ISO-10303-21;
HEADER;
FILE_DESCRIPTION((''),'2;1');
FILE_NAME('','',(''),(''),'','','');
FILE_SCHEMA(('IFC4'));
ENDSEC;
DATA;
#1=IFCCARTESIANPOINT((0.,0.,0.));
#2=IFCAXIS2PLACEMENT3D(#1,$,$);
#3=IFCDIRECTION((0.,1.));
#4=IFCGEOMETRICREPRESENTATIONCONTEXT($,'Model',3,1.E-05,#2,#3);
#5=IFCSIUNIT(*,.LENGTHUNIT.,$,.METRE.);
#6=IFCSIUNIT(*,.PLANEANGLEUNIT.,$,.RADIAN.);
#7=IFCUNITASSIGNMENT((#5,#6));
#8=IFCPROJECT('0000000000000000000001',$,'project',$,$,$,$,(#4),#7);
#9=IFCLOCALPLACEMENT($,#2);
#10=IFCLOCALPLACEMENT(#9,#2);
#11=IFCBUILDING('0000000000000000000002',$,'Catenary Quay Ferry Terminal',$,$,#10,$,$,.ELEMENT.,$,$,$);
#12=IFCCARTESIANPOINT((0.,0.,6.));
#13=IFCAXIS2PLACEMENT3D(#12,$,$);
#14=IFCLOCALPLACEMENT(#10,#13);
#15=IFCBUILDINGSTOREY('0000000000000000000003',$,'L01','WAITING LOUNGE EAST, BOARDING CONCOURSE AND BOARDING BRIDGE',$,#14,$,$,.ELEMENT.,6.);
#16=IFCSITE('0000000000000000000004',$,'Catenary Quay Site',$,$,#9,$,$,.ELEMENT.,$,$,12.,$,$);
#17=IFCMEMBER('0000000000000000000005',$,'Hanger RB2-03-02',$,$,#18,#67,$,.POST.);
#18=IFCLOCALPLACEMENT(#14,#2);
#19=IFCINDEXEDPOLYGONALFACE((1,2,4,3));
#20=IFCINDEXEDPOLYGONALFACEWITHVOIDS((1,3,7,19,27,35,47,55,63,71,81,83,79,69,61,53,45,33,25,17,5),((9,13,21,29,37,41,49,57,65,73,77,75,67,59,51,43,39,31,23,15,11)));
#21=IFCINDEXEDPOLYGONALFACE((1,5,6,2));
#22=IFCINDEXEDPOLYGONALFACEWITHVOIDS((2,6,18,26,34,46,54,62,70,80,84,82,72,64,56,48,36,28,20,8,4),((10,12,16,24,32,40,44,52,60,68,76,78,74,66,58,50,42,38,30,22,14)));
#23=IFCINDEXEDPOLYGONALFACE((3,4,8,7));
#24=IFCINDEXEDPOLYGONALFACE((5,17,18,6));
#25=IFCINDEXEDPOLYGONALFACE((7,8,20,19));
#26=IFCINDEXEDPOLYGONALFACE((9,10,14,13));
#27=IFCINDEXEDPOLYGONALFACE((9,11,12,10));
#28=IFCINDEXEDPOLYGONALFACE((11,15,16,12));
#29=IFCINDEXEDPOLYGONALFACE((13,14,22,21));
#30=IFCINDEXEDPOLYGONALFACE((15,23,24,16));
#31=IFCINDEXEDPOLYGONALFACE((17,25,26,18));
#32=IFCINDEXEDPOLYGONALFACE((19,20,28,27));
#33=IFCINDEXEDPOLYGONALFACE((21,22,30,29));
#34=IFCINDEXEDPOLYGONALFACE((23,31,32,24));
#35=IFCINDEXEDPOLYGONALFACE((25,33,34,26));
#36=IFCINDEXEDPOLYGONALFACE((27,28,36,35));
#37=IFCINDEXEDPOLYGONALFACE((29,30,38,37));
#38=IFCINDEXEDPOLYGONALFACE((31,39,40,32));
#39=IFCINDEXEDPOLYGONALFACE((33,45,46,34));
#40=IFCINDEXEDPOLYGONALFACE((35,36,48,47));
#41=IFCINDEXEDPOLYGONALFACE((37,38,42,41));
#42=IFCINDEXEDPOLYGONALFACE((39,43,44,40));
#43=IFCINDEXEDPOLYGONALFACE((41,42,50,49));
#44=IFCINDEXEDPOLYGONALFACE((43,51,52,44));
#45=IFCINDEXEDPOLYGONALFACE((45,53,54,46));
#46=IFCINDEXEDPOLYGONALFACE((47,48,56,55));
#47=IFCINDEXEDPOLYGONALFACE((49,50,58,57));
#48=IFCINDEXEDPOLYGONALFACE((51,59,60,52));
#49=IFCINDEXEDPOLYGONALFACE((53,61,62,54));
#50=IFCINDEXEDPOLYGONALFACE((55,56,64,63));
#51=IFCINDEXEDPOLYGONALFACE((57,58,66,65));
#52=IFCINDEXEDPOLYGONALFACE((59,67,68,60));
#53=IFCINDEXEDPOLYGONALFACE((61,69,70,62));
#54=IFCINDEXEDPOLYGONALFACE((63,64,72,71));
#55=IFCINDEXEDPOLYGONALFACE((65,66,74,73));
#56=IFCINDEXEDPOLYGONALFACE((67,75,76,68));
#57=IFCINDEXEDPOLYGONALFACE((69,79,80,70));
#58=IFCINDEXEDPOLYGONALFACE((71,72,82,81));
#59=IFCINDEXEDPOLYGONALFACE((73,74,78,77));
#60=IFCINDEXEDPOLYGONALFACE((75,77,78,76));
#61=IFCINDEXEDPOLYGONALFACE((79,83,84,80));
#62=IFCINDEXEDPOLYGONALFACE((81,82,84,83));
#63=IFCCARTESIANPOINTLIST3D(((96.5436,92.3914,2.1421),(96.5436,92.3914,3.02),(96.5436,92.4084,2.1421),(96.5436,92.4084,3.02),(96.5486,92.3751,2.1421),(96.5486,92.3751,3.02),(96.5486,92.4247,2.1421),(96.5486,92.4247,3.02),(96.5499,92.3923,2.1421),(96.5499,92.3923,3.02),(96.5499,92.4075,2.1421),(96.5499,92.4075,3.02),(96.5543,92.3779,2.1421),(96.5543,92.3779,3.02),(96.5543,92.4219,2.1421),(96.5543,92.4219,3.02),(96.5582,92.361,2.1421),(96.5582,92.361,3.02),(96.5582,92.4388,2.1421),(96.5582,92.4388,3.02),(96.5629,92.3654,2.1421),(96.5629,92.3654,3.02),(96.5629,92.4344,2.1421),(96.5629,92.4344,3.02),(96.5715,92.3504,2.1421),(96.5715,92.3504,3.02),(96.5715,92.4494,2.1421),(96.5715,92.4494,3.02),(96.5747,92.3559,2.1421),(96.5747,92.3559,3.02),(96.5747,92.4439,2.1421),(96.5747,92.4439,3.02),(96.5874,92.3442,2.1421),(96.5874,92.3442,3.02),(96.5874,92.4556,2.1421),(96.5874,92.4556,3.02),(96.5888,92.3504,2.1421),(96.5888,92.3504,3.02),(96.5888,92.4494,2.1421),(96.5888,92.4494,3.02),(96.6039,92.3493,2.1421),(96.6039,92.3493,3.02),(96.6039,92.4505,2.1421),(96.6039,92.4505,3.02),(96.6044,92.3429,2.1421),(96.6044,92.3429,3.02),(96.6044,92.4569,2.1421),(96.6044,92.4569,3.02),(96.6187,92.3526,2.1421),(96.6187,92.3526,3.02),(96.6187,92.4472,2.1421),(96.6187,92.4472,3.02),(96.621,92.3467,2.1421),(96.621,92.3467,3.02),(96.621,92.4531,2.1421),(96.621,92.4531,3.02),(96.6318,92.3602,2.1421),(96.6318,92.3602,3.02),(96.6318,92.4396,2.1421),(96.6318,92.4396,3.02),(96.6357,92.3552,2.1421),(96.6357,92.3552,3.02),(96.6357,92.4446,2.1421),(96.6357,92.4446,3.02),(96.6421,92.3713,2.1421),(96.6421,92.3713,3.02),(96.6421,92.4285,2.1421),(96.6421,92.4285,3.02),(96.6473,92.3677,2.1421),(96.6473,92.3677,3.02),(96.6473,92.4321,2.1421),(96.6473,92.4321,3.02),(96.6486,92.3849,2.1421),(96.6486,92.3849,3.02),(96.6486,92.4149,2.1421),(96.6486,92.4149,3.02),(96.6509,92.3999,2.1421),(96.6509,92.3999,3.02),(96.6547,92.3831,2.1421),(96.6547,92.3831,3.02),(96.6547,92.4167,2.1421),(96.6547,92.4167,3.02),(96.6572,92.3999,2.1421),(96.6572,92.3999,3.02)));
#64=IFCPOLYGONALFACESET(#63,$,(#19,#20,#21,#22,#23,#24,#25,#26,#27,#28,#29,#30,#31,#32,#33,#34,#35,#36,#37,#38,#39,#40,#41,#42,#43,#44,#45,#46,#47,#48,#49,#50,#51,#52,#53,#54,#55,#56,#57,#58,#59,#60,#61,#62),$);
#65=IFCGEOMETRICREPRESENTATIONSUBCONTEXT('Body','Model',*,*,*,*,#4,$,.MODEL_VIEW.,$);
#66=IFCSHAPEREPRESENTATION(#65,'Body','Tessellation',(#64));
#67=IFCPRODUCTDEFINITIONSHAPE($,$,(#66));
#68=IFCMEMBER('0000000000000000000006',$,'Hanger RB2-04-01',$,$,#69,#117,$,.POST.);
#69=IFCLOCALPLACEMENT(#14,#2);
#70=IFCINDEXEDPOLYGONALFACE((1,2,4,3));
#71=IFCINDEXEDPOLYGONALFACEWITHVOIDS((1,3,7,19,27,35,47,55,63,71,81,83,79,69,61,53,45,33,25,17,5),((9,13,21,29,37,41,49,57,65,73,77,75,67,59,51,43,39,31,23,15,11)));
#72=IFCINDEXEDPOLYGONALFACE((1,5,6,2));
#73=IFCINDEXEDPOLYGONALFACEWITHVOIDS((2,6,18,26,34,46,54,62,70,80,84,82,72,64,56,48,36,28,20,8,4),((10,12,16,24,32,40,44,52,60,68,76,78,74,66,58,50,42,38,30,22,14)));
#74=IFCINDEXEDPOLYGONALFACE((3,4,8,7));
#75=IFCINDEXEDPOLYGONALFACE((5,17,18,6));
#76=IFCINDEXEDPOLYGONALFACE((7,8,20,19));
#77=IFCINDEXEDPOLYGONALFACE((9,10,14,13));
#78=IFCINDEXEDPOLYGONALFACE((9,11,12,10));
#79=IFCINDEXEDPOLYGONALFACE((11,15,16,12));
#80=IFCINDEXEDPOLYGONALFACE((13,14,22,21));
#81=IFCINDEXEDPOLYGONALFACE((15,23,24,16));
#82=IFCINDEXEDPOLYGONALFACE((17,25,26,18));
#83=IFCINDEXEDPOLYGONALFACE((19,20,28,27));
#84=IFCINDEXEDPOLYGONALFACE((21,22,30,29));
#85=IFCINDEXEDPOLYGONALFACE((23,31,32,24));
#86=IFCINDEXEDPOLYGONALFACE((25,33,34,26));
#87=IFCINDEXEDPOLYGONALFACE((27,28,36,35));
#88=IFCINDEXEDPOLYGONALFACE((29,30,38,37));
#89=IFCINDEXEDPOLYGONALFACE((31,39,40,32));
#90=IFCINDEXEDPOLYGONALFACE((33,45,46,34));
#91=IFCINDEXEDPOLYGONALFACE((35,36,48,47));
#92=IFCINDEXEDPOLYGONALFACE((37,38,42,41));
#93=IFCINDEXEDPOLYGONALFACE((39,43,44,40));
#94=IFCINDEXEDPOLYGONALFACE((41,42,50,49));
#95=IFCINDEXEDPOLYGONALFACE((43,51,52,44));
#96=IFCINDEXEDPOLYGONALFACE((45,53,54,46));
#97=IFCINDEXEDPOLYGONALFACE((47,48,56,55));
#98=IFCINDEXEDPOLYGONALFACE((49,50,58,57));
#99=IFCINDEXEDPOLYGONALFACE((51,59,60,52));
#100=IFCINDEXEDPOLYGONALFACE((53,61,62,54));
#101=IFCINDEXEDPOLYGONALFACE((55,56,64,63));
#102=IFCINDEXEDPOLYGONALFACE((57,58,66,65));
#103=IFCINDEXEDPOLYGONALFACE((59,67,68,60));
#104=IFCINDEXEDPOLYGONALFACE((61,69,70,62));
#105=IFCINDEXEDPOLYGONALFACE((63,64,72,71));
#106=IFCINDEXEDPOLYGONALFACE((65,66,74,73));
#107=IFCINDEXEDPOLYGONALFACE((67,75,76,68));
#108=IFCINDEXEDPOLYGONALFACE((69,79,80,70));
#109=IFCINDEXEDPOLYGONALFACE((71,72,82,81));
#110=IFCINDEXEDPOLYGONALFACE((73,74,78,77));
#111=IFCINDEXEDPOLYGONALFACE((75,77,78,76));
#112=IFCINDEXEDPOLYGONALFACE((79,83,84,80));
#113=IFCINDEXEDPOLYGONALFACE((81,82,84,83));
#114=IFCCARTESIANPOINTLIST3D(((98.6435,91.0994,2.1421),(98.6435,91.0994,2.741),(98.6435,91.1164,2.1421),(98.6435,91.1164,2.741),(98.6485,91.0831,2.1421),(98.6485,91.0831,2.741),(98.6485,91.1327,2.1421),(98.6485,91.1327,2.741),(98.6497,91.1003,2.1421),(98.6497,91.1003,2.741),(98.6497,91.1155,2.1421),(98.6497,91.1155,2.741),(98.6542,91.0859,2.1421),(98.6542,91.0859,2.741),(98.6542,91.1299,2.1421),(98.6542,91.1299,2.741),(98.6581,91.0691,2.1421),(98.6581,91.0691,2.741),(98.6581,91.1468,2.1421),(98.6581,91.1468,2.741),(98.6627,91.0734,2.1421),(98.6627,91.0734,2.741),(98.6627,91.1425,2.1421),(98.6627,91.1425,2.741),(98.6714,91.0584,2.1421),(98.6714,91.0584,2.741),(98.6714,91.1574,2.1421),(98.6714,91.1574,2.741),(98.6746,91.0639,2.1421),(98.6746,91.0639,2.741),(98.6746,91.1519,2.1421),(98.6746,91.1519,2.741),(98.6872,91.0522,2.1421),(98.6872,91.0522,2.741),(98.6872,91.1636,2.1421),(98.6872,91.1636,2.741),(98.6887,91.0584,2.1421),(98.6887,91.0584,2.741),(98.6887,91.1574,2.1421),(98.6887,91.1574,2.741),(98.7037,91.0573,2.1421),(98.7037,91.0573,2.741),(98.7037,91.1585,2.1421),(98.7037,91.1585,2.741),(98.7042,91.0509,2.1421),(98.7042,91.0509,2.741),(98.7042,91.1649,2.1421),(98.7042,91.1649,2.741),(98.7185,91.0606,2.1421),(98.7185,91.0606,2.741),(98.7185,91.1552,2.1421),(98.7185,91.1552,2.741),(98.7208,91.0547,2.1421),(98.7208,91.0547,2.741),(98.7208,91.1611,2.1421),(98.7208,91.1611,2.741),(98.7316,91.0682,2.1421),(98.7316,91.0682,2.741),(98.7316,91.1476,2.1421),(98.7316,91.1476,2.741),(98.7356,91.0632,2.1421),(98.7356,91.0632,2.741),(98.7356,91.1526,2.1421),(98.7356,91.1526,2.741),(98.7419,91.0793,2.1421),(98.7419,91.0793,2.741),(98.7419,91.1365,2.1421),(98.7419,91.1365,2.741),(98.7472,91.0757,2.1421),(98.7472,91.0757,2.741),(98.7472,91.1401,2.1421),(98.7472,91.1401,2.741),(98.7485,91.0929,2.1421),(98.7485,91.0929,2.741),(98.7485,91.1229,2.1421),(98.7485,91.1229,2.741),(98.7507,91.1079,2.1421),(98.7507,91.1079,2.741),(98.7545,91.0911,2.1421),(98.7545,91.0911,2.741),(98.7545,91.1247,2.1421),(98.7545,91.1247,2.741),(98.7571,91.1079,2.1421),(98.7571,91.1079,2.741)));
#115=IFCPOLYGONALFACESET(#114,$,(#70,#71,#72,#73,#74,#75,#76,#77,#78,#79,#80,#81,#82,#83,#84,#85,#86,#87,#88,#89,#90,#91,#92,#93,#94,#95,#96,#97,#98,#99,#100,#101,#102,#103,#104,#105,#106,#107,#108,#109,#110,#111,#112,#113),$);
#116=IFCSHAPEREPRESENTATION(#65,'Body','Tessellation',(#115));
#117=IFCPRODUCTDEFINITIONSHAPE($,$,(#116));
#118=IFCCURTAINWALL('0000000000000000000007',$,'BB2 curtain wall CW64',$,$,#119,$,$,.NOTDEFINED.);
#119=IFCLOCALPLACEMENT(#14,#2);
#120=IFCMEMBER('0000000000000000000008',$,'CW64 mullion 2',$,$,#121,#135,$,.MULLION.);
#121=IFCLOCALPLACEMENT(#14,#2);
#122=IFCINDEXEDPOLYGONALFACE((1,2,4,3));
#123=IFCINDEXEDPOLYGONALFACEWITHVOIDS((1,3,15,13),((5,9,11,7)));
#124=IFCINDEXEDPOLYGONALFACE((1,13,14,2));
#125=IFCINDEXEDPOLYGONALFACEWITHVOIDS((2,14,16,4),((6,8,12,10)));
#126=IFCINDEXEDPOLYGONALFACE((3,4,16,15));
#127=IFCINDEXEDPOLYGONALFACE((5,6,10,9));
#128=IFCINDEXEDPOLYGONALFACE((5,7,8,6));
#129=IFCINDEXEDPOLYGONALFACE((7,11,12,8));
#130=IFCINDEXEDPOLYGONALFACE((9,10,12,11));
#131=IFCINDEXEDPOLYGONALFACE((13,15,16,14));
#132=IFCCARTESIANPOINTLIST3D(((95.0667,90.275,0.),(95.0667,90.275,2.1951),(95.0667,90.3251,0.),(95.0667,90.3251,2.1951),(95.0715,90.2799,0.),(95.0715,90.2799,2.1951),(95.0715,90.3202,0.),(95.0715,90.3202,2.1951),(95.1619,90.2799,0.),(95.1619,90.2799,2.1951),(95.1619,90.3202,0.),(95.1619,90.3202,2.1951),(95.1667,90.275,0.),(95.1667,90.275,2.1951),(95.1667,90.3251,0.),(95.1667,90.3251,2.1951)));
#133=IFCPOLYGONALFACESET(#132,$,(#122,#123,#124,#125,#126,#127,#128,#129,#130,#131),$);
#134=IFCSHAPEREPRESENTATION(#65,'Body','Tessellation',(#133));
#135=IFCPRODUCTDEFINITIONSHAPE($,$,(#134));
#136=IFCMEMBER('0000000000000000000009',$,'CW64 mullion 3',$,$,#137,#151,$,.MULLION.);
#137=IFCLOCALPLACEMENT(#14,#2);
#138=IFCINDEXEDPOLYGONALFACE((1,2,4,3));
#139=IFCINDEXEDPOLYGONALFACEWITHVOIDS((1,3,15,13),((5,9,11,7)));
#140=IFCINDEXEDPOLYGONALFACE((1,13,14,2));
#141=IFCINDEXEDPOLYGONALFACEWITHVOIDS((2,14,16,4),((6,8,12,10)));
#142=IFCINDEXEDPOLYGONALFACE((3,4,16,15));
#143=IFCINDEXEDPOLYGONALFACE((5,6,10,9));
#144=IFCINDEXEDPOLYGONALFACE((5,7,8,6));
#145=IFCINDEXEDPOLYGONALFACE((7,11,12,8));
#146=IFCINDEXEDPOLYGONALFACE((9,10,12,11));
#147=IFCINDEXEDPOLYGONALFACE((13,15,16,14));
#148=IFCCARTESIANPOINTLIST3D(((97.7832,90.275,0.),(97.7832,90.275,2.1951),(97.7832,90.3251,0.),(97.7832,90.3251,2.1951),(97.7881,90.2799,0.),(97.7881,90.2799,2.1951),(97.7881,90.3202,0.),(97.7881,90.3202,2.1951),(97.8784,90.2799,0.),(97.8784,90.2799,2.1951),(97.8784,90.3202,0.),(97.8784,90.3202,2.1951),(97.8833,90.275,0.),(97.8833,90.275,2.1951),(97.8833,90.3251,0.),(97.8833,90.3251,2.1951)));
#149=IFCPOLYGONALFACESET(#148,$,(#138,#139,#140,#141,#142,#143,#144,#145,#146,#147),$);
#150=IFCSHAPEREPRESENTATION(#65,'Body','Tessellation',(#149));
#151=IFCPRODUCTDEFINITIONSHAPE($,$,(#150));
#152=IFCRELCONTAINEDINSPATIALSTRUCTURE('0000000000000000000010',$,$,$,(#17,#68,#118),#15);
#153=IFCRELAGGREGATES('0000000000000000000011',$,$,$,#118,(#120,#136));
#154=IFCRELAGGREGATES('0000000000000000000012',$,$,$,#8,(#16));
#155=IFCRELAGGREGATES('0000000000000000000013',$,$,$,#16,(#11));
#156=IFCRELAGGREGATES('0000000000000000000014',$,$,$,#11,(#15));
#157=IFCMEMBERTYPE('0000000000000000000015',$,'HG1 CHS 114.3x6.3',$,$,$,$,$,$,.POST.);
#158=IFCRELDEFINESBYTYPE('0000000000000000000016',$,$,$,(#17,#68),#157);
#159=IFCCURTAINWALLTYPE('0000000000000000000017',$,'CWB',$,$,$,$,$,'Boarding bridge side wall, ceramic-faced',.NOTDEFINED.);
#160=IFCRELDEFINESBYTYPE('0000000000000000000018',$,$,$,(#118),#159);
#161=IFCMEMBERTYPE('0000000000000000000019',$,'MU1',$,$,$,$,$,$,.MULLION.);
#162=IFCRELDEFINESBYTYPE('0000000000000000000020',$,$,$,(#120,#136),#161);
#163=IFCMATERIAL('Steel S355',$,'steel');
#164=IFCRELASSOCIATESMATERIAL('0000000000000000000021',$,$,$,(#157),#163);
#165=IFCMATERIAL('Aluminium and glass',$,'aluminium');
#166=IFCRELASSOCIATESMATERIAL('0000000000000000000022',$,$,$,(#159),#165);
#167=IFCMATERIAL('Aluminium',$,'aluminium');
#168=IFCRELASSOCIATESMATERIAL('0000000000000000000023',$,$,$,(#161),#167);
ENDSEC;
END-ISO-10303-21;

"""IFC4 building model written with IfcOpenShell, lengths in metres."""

from ifc_helpers import new_model, si_unit, direction, frame, origin, origin_2d, place, context, subcontext, project, spatial, hollow_rectangle, hollow_circle, extrude, material, material_profile, profile_set, type_object, element, aggregate, save


model = new_model("IFC4")

# Units and contexts
model_context = context("Model", 3, precision=1e-05, world=origin(), true_north=direction((0.0, 1.0)))
body_context = subcontext(model_context, "Body", "Model", "MODEL_VIEW")
ifc_project = project(units=[si_unit("LENGTHUNIT", "METRE"), si_unit("PLANEANGLEUNIT", "RADIAN")], contexts=[model_context])

# Site, building, storey
site_placement = place(None, origin())
site = spatial("IfcSite", under=ifc_project, at=site_placement, Name="Catenary Quay Site", CompositionType="ELEMENT", RefElevation=12.0)
building_placement = place(site_placement, origin())
building = spatial("IfcBuilding", under=site, at=building_placement, Name="Catenary Quay Ferry Terminal", CompositionType="ELEMENT")
storey_placement = place(building_placement, frame((0.0, 0.0, 6.0)))
storey = spatial("IfcBuildingStorey", under=building, at=storey_placement, Name="L01", Description="WAITING LOUNGE EAST, BOARDING CONCOURSE AND BOARDING BRIDGE", CompositionType="ELEMENT", Elevation=6.0)

# Members
ifc_material_1 = material(Name="Steel S355", Category="steel")
ifc_material_profile_1 = material_profile(ifc_material_1, hollow_circle(Radius=0.0571, WallThickness=0.0063, at=origin_2d()), Name="CHS 114.3x6.3")
ifc_profile_set_1 = profile_set([ifc_material_profile_1], Name="Steel S355")
member_type_1 = type_object("IfcMemberType", Name="HG1 CHS 114.3x6.3", PredefinedType="POST", material=ifc_profile_set_1)
member_1_placement = place(storey_placement, frame((96.6001, 92.3999, 2.1421), z_axis=(0.0, 0.0, 1.0), x_axis=(1.0, 0.0, 0.0)))
element("IfcMember", 1, at=member_1_placement, inside=storey, type_object=member_type_1, Name="Hanger RB2-03-02", PredefinedType="POST", context=body_context, shape_type="SweptSolid", body=[
    extrude(hollow_circle(Radius=0.0571, WallThickness=0.0063, at=origin_2d()), origin(), (0.0, 0.0, 1.0), 0.8779),
])
member_2_placement = place(storey_placement, frame((98.7, 91.1079, 2.1421), z_axis=(0.0, 0.0, 1.0), x_axis=(1.0, 0.0, 0.0)))
element("IfcMember", 2, at=member_2_placement, inside=storey, type_object=member_type_1, Name="Hanger RB2-04-01", PredefinedType="POST", context=body_context, shape_type="SweptSolid", body=[
    extrude(hollow_circle(Radius=0.0571, WallThickness=0.0063, at=origin_2d()), origin(), (0.0, 0.0, 1.0), 0.5989),
])

# Curtain wall, members
ifc_material_2 = material(Name="Aluminium and glass", Category="aluminium")
curtain_wall_type = type_object("IfcCurtainWallType", Name="CWB", ElementType="Boarding bridge side wall, ceramic-faced", PredefinedType="NOTDEFINED", material=ifc_material_2)
curtain_wall_placement = place(storey_placement, origin())
curtain_wall = element("IfcCurtainWall", 3, at=curtain_wall_placement, inside=storey, type_object=curtain_wall_type, Name="BB2 curtain wall CW64", PredefinedType="NOTDEFINED")
ifc_material_3 = material(Name="Aluminium", Category="aluminium")
ifc_material_profile_2 = material_profile(ifc_material_3, hollow_rectangle(XDim=0.05, YDim=0.1001, WallThickness=0.0049, at=origin_2d()), Name="MU1")
ifc_profile_set_2 = profile_set([ifc_material_profile_2], Name="Aluminium")
member_type_2 = type_object("IfcMemberType", Name="MU1", PredefinedType="MULLION", material=ifc_profile_set_2)
member_3_placement = place(storey_placement, frame((95.1167, 90.3, 0.0), z_axis=(0.0, 0.0, 1.0), x_axis=(0.0, 1.0, 0.0)))
member_3 = element("IfcMember", 4, at=member_3_placement, type_object=member_type_2, Name="CW64 mullion 2", PredefinedType="MULLION", context=body_context, shape_type="SweptSolid", body=[
    extrude(hollow_rectangle(XDim=0.05, YDim=0.1001, WallThickness=0.0049, at=origin_2d()), origin(), (0.0, 0.0, 1.0), 2.1951),
])
member_4_placement = place(storey_placement, frame((97.8333, 90.3, 0.0), z_axis=(0.0, 0.0, 1.0), x_axis=(0.0, 1.0, 0.0)))
member_4 = element("IfcMember", 5, at=member_4_placement, type_object=member_type_2, Name="CW64 mullion 3", PredefinedType="MULLION", context=body_context, shape_type="SweptSolid", body=[
    extrude(hollow_rectangle(XDim=0.05, YDim=0.1001, WallThickness=0.0049, at=origin_2d()), origin(), (0.0, 0.0, 1.0), 2.1951),
])

aggregate(curtain_wall, [member_3, member_4])

save(model, "model.ifc")
